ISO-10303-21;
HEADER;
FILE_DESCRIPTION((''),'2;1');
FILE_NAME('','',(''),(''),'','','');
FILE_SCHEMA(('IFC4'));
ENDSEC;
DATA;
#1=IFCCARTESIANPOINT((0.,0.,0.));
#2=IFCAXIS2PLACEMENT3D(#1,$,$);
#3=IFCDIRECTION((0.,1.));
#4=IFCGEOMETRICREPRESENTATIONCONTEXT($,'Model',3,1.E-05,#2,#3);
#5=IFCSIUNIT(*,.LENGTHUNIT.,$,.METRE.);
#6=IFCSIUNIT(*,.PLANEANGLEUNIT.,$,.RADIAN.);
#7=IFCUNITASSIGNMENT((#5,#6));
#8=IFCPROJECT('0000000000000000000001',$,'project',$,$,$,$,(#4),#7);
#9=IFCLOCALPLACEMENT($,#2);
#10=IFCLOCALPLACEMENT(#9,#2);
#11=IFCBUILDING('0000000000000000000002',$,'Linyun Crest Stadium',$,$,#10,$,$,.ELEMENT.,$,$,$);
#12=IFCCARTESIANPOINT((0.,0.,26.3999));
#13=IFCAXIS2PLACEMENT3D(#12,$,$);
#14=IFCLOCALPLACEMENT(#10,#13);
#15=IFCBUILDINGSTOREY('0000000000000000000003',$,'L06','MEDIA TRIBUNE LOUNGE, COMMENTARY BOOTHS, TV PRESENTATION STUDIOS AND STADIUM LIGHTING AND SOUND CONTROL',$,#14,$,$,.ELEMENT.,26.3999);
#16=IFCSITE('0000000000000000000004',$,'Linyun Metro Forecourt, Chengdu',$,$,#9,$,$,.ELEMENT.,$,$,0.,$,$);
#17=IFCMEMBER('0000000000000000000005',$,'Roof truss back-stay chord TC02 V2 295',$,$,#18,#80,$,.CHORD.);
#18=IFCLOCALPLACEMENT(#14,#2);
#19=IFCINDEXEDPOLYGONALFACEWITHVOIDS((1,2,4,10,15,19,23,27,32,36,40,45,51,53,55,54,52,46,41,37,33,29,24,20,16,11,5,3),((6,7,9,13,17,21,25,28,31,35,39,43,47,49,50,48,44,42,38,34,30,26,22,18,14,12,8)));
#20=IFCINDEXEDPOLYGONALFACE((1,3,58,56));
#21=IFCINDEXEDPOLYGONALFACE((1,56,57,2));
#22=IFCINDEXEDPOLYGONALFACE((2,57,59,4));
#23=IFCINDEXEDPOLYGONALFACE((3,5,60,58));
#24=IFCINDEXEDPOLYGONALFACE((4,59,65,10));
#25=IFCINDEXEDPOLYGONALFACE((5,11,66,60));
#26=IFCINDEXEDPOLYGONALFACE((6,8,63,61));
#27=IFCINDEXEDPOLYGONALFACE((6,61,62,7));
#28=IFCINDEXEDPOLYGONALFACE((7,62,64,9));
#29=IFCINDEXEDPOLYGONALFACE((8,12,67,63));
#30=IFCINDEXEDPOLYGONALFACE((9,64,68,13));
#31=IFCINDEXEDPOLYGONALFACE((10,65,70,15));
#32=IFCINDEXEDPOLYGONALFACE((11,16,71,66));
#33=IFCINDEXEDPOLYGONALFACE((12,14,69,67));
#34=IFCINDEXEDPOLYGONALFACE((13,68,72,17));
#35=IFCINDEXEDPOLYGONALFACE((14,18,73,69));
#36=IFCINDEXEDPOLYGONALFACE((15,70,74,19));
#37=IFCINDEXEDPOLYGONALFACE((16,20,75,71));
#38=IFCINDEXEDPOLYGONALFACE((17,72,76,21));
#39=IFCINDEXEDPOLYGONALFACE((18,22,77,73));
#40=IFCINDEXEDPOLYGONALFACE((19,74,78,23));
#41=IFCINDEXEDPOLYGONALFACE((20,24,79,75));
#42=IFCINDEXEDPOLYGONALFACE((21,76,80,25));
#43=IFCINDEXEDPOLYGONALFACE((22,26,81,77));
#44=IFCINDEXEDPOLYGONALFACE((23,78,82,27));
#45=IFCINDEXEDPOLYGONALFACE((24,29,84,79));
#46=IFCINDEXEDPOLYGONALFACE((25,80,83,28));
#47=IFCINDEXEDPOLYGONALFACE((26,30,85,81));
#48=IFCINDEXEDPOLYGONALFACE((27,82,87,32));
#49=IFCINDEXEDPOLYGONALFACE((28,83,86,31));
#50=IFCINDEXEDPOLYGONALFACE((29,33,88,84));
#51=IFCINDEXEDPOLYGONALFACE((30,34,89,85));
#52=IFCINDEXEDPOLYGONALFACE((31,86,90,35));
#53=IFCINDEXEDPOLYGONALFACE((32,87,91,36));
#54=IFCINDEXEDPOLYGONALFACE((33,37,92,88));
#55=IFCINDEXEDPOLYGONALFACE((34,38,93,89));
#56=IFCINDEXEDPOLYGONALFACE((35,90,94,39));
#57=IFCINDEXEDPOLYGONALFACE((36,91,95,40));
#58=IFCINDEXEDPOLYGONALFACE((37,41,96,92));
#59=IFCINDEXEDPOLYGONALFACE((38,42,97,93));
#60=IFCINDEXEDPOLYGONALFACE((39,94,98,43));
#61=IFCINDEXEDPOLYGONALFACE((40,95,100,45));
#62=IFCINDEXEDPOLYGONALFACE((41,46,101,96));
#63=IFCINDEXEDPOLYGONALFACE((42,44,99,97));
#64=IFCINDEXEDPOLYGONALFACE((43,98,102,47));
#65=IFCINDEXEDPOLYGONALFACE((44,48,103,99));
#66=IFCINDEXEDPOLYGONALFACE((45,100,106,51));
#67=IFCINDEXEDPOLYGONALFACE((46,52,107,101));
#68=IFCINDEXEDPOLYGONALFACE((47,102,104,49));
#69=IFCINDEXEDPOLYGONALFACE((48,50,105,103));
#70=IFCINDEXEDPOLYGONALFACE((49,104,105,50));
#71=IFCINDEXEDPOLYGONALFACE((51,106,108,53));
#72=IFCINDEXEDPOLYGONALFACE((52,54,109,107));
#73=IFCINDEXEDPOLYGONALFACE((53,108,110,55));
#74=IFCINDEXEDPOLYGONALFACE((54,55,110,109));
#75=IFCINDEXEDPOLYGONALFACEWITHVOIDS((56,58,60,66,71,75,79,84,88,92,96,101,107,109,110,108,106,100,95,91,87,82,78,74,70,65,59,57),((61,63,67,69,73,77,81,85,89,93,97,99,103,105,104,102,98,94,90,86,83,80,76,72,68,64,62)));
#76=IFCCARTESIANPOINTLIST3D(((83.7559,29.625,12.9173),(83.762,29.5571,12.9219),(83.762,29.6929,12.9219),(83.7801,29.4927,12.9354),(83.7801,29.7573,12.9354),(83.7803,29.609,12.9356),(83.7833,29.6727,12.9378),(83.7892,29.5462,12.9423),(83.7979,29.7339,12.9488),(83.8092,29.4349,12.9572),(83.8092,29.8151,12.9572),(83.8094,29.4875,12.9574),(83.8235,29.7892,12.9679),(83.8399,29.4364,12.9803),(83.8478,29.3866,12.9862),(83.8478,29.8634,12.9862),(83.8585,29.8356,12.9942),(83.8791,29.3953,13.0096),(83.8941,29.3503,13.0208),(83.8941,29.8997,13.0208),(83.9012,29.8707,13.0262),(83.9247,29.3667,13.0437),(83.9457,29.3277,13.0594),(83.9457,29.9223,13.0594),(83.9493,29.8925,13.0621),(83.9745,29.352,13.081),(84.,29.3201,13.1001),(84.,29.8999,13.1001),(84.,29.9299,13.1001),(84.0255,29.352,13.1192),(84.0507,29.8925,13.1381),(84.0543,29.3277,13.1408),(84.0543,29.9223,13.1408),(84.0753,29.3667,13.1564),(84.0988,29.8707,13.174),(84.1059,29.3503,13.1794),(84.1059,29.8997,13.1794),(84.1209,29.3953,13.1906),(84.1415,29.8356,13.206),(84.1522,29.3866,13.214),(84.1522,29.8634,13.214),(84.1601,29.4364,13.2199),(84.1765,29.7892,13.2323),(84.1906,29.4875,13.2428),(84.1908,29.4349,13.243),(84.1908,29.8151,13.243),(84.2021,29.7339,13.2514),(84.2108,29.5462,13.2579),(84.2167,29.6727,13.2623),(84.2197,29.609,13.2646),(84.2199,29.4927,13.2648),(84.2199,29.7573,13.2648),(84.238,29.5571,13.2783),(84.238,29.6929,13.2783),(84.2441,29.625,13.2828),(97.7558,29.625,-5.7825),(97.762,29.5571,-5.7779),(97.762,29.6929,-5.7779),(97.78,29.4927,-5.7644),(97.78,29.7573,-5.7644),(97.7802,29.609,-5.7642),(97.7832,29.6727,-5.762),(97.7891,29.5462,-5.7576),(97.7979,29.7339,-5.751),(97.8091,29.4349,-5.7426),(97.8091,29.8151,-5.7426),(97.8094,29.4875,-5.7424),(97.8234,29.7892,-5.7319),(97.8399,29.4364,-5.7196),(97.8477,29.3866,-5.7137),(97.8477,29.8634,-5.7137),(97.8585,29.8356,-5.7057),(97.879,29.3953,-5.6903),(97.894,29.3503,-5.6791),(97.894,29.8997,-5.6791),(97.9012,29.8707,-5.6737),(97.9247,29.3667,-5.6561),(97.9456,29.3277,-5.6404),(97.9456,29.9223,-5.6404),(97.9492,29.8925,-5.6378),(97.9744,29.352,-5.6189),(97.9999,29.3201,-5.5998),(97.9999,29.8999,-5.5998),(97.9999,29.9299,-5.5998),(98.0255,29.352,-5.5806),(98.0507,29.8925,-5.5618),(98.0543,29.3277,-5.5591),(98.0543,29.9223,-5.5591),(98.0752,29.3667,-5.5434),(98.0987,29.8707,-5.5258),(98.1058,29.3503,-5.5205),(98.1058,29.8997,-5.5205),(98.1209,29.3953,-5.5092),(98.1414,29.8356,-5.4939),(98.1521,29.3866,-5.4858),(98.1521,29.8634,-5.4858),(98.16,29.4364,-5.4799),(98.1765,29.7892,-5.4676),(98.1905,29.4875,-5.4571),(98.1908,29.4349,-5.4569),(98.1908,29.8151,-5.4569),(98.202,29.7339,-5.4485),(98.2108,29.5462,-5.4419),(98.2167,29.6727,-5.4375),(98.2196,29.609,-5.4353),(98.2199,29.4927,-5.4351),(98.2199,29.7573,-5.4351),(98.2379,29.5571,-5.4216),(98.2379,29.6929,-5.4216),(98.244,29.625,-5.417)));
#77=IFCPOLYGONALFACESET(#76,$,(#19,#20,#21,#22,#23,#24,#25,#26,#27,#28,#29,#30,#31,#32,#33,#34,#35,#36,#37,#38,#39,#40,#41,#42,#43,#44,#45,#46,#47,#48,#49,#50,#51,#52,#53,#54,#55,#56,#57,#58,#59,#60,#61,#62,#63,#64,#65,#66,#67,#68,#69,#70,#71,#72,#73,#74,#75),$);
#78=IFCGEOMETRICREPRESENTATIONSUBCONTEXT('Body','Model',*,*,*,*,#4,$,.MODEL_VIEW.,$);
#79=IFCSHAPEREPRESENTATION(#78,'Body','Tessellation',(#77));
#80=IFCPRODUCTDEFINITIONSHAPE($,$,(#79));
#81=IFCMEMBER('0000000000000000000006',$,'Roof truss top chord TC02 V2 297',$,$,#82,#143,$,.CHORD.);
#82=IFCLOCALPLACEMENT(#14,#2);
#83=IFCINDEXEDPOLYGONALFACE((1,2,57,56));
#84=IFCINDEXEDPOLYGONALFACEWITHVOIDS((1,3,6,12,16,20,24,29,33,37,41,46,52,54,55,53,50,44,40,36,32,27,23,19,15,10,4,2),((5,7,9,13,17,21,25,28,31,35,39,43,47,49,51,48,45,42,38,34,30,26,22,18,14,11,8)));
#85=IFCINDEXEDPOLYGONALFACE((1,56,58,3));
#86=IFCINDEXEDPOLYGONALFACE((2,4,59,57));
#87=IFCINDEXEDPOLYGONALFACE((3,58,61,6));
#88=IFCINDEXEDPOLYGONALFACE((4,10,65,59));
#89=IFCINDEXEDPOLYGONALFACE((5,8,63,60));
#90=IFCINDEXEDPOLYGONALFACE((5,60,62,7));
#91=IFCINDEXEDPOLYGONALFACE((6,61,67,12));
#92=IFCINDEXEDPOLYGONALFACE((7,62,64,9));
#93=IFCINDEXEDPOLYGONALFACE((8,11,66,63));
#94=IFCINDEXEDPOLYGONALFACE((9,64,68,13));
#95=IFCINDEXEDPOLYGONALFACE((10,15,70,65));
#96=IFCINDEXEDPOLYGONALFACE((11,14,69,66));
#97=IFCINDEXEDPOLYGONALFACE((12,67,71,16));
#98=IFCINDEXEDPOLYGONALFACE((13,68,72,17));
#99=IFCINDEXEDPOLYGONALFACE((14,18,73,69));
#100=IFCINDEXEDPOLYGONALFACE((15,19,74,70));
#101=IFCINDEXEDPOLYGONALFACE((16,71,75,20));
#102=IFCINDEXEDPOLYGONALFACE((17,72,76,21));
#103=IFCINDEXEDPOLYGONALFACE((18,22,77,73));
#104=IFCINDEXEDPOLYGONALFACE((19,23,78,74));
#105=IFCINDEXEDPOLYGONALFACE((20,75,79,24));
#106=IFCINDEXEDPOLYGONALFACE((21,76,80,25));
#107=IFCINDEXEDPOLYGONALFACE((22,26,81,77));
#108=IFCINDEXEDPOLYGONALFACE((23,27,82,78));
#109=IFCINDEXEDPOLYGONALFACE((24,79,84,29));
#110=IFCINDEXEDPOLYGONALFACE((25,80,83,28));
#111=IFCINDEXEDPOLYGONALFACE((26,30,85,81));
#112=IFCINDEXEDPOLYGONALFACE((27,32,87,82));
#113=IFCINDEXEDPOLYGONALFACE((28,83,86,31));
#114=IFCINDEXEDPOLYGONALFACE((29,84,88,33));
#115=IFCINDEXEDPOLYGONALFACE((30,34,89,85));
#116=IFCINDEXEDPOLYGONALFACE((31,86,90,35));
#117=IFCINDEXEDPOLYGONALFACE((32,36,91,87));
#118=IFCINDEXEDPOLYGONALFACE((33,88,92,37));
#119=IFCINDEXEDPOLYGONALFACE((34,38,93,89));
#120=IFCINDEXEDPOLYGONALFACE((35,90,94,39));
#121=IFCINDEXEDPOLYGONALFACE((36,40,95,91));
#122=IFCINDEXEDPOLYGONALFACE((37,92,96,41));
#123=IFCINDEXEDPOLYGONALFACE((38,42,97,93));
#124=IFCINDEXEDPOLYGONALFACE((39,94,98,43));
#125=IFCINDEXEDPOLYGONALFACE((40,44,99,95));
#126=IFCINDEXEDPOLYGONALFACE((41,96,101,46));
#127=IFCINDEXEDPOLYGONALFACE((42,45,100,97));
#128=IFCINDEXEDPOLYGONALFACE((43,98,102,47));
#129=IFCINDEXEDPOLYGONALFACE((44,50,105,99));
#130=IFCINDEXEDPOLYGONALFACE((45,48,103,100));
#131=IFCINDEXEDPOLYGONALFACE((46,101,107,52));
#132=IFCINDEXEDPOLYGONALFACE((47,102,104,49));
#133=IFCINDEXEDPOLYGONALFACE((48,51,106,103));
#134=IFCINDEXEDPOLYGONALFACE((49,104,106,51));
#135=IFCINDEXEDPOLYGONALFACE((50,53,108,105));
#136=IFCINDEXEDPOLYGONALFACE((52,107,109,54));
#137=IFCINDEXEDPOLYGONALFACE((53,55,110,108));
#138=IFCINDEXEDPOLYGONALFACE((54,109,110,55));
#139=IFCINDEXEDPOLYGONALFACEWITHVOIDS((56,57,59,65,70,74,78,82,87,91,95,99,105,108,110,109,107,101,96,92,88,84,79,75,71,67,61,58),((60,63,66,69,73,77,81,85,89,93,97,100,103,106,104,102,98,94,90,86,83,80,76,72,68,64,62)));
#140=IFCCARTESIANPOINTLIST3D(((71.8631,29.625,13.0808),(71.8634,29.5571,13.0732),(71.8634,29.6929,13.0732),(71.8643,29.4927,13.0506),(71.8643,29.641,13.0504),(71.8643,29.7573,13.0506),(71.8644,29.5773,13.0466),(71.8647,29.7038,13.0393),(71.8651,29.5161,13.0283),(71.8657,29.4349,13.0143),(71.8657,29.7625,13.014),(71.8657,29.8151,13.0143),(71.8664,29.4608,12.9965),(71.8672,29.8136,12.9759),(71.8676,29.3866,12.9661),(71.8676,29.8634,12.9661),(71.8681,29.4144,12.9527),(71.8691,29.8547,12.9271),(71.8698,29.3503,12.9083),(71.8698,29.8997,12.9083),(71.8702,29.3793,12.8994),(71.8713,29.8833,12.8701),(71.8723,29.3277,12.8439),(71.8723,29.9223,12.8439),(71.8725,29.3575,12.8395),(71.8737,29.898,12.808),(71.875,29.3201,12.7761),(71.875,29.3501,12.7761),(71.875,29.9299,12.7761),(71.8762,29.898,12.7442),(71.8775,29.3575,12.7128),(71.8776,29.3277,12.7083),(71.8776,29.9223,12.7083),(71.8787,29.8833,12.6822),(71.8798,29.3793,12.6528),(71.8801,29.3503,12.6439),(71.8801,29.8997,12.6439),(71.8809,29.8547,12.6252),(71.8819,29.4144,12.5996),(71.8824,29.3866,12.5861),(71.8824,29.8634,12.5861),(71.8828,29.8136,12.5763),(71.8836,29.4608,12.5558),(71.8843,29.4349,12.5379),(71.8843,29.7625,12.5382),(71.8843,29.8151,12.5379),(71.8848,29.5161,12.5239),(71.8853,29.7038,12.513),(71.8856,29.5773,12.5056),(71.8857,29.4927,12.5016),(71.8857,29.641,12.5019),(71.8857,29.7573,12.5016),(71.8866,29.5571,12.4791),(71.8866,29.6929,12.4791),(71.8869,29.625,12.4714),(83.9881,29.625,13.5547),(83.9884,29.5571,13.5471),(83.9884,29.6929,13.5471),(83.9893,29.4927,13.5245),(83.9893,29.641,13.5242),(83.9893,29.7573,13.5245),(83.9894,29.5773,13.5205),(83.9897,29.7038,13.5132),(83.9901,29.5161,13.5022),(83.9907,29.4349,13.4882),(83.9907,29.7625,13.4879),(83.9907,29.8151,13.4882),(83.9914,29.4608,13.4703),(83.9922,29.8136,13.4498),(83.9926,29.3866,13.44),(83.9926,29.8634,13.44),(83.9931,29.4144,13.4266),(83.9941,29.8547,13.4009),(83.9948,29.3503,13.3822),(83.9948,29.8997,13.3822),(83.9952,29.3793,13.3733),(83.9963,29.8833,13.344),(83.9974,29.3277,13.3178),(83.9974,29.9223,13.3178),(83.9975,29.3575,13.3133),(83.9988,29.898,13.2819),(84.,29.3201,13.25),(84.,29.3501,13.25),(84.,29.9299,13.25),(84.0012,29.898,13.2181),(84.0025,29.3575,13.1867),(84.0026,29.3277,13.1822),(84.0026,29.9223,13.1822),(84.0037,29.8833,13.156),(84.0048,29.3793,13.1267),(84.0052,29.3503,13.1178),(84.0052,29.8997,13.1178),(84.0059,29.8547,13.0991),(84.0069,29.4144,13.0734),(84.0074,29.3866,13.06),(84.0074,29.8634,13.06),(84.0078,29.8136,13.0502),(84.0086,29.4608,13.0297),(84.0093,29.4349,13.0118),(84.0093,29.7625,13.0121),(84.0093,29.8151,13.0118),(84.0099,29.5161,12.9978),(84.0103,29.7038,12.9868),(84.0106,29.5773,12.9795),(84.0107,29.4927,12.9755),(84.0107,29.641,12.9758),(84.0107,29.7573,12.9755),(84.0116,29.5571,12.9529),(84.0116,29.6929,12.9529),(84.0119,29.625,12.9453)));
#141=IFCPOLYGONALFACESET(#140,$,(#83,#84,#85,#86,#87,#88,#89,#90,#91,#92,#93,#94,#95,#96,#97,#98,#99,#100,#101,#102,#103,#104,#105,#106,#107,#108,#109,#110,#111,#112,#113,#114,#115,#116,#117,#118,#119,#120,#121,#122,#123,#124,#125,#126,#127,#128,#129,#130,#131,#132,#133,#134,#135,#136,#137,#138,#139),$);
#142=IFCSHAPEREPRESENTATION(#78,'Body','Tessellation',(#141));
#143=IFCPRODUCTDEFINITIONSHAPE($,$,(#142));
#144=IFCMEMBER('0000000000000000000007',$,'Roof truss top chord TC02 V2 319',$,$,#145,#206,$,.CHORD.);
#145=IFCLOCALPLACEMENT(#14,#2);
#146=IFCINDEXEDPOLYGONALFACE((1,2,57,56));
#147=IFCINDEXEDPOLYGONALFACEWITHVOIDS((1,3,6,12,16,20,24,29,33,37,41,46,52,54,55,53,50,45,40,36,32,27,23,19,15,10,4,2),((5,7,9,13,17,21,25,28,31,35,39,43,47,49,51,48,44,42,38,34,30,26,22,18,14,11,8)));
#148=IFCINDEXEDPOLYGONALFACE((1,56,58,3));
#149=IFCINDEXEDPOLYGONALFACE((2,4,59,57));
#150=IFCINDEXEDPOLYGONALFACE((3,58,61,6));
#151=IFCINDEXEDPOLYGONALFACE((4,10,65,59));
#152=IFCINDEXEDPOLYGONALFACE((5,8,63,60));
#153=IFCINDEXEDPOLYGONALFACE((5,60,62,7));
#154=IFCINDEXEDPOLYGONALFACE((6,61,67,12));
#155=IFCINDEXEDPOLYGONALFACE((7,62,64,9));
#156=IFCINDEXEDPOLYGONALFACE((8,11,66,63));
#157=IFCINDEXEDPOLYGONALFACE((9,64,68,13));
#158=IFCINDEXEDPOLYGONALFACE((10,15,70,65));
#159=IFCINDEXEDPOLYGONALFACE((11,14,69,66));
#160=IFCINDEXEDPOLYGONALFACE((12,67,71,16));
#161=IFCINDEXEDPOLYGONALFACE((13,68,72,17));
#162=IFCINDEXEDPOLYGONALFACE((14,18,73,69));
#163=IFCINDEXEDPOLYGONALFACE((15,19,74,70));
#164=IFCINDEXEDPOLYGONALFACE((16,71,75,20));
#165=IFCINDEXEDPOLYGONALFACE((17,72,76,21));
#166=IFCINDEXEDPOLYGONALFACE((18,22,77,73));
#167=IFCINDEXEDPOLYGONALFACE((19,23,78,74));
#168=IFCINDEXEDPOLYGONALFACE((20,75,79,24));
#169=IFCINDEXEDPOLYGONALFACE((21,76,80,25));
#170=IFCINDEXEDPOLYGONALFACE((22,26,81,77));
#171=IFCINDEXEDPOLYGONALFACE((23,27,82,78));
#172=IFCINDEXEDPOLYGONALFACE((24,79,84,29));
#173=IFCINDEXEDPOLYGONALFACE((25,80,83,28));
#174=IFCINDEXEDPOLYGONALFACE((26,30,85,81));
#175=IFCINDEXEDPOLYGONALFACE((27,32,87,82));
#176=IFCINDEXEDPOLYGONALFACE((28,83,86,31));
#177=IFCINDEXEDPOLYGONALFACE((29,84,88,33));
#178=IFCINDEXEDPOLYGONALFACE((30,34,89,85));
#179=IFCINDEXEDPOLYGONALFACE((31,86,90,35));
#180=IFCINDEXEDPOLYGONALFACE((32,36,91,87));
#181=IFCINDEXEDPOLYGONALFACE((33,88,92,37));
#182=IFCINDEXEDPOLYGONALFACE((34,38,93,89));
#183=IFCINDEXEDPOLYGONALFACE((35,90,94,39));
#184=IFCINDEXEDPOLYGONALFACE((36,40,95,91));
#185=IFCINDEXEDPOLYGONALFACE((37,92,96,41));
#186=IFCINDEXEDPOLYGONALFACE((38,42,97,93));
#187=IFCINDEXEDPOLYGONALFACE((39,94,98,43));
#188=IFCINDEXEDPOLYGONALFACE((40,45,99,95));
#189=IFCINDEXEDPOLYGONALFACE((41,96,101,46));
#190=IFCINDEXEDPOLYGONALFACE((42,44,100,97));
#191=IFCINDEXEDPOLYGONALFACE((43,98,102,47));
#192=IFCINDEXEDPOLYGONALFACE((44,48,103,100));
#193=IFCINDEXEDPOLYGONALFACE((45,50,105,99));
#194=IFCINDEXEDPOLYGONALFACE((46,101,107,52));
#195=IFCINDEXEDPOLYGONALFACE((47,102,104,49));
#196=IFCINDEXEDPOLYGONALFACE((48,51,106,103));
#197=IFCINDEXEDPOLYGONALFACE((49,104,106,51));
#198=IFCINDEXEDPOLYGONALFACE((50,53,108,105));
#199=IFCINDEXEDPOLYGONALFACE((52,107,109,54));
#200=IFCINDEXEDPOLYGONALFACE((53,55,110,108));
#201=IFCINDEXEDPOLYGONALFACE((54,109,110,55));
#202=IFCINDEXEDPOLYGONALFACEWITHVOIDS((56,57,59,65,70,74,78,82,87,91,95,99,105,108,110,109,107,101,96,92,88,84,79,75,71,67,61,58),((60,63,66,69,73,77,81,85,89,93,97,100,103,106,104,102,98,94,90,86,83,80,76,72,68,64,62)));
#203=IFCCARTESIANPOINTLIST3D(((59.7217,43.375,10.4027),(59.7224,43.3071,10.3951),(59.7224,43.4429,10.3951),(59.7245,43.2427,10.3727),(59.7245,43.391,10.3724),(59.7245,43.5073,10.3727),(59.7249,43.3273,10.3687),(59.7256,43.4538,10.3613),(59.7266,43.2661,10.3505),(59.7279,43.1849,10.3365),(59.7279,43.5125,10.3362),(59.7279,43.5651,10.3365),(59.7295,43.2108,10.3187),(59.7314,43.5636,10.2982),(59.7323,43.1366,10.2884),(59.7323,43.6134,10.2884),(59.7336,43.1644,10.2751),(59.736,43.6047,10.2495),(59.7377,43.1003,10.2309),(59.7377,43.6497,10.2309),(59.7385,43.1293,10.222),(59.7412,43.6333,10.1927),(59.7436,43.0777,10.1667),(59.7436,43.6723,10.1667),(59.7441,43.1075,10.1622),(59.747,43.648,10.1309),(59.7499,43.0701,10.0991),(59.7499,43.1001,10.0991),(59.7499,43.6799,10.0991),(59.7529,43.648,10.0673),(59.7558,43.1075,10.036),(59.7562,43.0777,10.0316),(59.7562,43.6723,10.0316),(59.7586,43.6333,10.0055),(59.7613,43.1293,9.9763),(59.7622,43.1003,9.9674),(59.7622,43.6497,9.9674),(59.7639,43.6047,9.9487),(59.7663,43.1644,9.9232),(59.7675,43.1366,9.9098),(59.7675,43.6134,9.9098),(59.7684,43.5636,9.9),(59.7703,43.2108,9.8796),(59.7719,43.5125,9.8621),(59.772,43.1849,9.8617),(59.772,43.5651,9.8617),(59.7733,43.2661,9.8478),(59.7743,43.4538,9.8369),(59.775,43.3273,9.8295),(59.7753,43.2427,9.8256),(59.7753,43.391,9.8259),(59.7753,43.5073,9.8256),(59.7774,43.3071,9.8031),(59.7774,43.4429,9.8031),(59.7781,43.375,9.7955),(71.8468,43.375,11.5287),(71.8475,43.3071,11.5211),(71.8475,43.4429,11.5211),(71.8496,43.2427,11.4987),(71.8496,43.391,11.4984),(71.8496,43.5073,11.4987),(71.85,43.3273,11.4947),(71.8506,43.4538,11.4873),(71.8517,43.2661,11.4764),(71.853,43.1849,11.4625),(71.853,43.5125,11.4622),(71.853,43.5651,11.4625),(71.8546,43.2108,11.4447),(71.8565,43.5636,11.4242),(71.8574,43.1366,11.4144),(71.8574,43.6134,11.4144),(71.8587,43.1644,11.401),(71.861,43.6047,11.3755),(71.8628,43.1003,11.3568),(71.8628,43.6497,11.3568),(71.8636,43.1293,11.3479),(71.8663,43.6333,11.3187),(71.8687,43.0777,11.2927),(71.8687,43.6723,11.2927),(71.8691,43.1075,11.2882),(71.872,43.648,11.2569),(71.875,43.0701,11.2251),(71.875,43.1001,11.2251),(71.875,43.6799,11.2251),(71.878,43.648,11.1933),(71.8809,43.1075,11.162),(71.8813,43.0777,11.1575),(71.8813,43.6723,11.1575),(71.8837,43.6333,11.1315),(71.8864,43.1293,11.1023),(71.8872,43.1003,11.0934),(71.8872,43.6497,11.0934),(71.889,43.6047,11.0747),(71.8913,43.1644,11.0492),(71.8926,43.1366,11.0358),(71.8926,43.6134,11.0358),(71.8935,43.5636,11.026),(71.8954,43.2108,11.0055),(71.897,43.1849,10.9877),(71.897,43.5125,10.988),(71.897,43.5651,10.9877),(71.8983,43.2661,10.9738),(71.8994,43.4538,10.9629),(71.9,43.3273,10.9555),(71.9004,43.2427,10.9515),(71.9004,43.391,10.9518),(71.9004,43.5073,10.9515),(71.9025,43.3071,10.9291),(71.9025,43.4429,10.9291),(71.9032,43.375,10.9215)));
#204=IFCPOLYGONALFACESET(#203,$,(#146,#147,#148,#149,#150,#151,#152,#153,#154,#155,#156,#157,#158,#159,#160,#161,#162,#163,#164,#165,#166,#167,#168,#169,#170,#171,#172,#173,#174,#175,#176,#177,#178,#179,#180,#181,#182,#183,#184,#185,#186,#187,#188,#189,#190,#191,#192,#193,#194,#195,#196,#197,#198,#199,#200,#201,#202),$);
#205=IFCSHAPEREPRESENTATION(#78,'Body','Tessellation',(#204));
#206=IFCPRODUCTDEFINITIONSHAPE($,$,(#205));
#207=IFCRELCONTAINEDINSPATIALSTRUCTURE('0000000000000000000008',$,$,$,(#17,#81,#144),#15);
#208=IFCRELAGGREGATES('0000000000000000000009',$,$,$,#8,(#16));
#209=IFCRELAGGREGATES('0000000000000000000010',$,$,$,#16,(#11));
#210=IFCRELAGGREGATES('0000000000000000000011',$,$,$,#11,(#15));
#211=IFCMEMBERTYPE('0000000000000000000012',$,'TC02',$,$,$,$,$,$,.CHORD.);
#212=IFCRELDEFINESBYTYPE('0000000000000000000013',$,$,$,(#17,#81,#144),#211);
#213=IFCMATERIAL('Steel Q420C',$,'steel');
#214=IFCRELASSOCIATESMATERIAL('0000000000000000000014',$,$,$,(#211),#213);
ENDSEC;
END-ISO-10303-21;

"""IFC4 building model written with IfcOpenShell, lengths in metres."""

from ifc_helpers import new_model, si_unit, direction, frame, origin, origin_2d, place, context, subcontext, project, spatial, hollow_circle, extrude, material, material_profile, profile_set, type_object, element, save


model = new_model("IFC4")

# Units and contexts
model_context = context("Model", 3, precision=1e-05, world=origin(), true_north=direction((0.0, 1.0)))
body_context = subcontext(model_context, "Body", "Model", "MODEL_VIEW")
ifc_project = project(units=[si_unit("LENGTHUNIT", "METRE"), si_unit("PLANEANGLEUNIT", "RADIAN")], contexts=[model_context])

# Site, building, storey
site_placement = place(None, origin())
site = spatial("IfcSite", under=ifc_project, at=site_placement, Name="Linyun Metro Forecourt, Chengdu", CompositionType="ELEMENT", RefElevation=0.0)
building_placement = place(site_placement, origin())
building = spatial("IfcBuilding", under=site, at=building_placement, Name="Linyun Crest Stadium", CompositionType="ELEMENT")
storey_placement = place(building_placement, frame((0.0, 0.0, 26.3999)))
storey = spatial("IfcBuildingStorey", under=building, at=storey_placement, Name="L06", Description="MEDIA TRIBUNE LOUNGE, COMMENTARY BOOTHS, TV PRESENTATION STUDIOS AND STADIUM LIGHTING AND SOUND CONTROL", CompositionType="ELEMENT", Elevation=26.3999)

# Members
ifc_material_1 = material(Name="Steel Q420C", Category="steel")
ifc_material_profile_1 = material_profile(ifc_material_1, hollow_circle(Radius=0.3049, WallThickness=0.03, at=origin_2d()), Name="CHS 610x30")
ifc_profile_set_1 = profile_set([ifc_material_profile_1], Name="Steel Q420C")
member_type_1 = type_object("IfcMemberType", Name="TC02", PredefinedType="CHORD", material=ifc_profile_set_1)
member_1_placement = place(storey_placement, frame((84.0, 29.625, 13.1001), z_axis=(0.599316, 0.0, -0.800513), x_axis=(0.0, 1.0, 0.0)))
element("IfcMember", 1, at=member_1_placement, inside=storey, type_object=member_type_1, Name="Roof truss back-stay chord TC02 V2 295", PredefinedType="CHORD", context=body_context, shape_type="SweptSolid", body=[
    extrude(hollow_circle(Radius=0.3049, WallThickness=0.03, at=origin_2d()), origin(), (0.0, 0.0, 1.0), 23.3599),
])
member_2_placement = place(storey_placement, frame((84.0, 29.625, 13.25), z_axis=(-0.999237, 0.0, -0.039053), x_axis=(0.0, -1.0, 0.0)))
element("IfcMember", 2, at=member_2_placement, inside=storey, type_object=member_type_1, Name="Roof truss top chord TC02 V2 297", PredefinedType="CHORD", context=body_context, shape_type="SweptSolid", body=[
    extrude(hollow_circle(Radius=0.3049, WallThickness=0.03, at=origin_2d()), origin(), (0.0, 0.0, 1.0), 12.1343),
])
member_3_placement = place(storey_placement, frame((71.875, 43.375, 11.2251), z_axis=(-0.995716, 0.0, -0.092466), x_axis=(0.0, -1.0, 0.0)))
element("IfcMember", 3, at=member_3_placement, inside=storey, type_object=member_type_1, Name="Roof truss top chord TC02 V2 319", PredefinedType="CHORD", context=body_context, shape_type="SweptSolid", body=[
    extrude(hollow_circle(Radius=0.3049, WallThickness=0.03, at=origin_2d()), origin(), (0.0, 0.0, 1.0), 12.1772),
])

save(model, "model.ifc")
